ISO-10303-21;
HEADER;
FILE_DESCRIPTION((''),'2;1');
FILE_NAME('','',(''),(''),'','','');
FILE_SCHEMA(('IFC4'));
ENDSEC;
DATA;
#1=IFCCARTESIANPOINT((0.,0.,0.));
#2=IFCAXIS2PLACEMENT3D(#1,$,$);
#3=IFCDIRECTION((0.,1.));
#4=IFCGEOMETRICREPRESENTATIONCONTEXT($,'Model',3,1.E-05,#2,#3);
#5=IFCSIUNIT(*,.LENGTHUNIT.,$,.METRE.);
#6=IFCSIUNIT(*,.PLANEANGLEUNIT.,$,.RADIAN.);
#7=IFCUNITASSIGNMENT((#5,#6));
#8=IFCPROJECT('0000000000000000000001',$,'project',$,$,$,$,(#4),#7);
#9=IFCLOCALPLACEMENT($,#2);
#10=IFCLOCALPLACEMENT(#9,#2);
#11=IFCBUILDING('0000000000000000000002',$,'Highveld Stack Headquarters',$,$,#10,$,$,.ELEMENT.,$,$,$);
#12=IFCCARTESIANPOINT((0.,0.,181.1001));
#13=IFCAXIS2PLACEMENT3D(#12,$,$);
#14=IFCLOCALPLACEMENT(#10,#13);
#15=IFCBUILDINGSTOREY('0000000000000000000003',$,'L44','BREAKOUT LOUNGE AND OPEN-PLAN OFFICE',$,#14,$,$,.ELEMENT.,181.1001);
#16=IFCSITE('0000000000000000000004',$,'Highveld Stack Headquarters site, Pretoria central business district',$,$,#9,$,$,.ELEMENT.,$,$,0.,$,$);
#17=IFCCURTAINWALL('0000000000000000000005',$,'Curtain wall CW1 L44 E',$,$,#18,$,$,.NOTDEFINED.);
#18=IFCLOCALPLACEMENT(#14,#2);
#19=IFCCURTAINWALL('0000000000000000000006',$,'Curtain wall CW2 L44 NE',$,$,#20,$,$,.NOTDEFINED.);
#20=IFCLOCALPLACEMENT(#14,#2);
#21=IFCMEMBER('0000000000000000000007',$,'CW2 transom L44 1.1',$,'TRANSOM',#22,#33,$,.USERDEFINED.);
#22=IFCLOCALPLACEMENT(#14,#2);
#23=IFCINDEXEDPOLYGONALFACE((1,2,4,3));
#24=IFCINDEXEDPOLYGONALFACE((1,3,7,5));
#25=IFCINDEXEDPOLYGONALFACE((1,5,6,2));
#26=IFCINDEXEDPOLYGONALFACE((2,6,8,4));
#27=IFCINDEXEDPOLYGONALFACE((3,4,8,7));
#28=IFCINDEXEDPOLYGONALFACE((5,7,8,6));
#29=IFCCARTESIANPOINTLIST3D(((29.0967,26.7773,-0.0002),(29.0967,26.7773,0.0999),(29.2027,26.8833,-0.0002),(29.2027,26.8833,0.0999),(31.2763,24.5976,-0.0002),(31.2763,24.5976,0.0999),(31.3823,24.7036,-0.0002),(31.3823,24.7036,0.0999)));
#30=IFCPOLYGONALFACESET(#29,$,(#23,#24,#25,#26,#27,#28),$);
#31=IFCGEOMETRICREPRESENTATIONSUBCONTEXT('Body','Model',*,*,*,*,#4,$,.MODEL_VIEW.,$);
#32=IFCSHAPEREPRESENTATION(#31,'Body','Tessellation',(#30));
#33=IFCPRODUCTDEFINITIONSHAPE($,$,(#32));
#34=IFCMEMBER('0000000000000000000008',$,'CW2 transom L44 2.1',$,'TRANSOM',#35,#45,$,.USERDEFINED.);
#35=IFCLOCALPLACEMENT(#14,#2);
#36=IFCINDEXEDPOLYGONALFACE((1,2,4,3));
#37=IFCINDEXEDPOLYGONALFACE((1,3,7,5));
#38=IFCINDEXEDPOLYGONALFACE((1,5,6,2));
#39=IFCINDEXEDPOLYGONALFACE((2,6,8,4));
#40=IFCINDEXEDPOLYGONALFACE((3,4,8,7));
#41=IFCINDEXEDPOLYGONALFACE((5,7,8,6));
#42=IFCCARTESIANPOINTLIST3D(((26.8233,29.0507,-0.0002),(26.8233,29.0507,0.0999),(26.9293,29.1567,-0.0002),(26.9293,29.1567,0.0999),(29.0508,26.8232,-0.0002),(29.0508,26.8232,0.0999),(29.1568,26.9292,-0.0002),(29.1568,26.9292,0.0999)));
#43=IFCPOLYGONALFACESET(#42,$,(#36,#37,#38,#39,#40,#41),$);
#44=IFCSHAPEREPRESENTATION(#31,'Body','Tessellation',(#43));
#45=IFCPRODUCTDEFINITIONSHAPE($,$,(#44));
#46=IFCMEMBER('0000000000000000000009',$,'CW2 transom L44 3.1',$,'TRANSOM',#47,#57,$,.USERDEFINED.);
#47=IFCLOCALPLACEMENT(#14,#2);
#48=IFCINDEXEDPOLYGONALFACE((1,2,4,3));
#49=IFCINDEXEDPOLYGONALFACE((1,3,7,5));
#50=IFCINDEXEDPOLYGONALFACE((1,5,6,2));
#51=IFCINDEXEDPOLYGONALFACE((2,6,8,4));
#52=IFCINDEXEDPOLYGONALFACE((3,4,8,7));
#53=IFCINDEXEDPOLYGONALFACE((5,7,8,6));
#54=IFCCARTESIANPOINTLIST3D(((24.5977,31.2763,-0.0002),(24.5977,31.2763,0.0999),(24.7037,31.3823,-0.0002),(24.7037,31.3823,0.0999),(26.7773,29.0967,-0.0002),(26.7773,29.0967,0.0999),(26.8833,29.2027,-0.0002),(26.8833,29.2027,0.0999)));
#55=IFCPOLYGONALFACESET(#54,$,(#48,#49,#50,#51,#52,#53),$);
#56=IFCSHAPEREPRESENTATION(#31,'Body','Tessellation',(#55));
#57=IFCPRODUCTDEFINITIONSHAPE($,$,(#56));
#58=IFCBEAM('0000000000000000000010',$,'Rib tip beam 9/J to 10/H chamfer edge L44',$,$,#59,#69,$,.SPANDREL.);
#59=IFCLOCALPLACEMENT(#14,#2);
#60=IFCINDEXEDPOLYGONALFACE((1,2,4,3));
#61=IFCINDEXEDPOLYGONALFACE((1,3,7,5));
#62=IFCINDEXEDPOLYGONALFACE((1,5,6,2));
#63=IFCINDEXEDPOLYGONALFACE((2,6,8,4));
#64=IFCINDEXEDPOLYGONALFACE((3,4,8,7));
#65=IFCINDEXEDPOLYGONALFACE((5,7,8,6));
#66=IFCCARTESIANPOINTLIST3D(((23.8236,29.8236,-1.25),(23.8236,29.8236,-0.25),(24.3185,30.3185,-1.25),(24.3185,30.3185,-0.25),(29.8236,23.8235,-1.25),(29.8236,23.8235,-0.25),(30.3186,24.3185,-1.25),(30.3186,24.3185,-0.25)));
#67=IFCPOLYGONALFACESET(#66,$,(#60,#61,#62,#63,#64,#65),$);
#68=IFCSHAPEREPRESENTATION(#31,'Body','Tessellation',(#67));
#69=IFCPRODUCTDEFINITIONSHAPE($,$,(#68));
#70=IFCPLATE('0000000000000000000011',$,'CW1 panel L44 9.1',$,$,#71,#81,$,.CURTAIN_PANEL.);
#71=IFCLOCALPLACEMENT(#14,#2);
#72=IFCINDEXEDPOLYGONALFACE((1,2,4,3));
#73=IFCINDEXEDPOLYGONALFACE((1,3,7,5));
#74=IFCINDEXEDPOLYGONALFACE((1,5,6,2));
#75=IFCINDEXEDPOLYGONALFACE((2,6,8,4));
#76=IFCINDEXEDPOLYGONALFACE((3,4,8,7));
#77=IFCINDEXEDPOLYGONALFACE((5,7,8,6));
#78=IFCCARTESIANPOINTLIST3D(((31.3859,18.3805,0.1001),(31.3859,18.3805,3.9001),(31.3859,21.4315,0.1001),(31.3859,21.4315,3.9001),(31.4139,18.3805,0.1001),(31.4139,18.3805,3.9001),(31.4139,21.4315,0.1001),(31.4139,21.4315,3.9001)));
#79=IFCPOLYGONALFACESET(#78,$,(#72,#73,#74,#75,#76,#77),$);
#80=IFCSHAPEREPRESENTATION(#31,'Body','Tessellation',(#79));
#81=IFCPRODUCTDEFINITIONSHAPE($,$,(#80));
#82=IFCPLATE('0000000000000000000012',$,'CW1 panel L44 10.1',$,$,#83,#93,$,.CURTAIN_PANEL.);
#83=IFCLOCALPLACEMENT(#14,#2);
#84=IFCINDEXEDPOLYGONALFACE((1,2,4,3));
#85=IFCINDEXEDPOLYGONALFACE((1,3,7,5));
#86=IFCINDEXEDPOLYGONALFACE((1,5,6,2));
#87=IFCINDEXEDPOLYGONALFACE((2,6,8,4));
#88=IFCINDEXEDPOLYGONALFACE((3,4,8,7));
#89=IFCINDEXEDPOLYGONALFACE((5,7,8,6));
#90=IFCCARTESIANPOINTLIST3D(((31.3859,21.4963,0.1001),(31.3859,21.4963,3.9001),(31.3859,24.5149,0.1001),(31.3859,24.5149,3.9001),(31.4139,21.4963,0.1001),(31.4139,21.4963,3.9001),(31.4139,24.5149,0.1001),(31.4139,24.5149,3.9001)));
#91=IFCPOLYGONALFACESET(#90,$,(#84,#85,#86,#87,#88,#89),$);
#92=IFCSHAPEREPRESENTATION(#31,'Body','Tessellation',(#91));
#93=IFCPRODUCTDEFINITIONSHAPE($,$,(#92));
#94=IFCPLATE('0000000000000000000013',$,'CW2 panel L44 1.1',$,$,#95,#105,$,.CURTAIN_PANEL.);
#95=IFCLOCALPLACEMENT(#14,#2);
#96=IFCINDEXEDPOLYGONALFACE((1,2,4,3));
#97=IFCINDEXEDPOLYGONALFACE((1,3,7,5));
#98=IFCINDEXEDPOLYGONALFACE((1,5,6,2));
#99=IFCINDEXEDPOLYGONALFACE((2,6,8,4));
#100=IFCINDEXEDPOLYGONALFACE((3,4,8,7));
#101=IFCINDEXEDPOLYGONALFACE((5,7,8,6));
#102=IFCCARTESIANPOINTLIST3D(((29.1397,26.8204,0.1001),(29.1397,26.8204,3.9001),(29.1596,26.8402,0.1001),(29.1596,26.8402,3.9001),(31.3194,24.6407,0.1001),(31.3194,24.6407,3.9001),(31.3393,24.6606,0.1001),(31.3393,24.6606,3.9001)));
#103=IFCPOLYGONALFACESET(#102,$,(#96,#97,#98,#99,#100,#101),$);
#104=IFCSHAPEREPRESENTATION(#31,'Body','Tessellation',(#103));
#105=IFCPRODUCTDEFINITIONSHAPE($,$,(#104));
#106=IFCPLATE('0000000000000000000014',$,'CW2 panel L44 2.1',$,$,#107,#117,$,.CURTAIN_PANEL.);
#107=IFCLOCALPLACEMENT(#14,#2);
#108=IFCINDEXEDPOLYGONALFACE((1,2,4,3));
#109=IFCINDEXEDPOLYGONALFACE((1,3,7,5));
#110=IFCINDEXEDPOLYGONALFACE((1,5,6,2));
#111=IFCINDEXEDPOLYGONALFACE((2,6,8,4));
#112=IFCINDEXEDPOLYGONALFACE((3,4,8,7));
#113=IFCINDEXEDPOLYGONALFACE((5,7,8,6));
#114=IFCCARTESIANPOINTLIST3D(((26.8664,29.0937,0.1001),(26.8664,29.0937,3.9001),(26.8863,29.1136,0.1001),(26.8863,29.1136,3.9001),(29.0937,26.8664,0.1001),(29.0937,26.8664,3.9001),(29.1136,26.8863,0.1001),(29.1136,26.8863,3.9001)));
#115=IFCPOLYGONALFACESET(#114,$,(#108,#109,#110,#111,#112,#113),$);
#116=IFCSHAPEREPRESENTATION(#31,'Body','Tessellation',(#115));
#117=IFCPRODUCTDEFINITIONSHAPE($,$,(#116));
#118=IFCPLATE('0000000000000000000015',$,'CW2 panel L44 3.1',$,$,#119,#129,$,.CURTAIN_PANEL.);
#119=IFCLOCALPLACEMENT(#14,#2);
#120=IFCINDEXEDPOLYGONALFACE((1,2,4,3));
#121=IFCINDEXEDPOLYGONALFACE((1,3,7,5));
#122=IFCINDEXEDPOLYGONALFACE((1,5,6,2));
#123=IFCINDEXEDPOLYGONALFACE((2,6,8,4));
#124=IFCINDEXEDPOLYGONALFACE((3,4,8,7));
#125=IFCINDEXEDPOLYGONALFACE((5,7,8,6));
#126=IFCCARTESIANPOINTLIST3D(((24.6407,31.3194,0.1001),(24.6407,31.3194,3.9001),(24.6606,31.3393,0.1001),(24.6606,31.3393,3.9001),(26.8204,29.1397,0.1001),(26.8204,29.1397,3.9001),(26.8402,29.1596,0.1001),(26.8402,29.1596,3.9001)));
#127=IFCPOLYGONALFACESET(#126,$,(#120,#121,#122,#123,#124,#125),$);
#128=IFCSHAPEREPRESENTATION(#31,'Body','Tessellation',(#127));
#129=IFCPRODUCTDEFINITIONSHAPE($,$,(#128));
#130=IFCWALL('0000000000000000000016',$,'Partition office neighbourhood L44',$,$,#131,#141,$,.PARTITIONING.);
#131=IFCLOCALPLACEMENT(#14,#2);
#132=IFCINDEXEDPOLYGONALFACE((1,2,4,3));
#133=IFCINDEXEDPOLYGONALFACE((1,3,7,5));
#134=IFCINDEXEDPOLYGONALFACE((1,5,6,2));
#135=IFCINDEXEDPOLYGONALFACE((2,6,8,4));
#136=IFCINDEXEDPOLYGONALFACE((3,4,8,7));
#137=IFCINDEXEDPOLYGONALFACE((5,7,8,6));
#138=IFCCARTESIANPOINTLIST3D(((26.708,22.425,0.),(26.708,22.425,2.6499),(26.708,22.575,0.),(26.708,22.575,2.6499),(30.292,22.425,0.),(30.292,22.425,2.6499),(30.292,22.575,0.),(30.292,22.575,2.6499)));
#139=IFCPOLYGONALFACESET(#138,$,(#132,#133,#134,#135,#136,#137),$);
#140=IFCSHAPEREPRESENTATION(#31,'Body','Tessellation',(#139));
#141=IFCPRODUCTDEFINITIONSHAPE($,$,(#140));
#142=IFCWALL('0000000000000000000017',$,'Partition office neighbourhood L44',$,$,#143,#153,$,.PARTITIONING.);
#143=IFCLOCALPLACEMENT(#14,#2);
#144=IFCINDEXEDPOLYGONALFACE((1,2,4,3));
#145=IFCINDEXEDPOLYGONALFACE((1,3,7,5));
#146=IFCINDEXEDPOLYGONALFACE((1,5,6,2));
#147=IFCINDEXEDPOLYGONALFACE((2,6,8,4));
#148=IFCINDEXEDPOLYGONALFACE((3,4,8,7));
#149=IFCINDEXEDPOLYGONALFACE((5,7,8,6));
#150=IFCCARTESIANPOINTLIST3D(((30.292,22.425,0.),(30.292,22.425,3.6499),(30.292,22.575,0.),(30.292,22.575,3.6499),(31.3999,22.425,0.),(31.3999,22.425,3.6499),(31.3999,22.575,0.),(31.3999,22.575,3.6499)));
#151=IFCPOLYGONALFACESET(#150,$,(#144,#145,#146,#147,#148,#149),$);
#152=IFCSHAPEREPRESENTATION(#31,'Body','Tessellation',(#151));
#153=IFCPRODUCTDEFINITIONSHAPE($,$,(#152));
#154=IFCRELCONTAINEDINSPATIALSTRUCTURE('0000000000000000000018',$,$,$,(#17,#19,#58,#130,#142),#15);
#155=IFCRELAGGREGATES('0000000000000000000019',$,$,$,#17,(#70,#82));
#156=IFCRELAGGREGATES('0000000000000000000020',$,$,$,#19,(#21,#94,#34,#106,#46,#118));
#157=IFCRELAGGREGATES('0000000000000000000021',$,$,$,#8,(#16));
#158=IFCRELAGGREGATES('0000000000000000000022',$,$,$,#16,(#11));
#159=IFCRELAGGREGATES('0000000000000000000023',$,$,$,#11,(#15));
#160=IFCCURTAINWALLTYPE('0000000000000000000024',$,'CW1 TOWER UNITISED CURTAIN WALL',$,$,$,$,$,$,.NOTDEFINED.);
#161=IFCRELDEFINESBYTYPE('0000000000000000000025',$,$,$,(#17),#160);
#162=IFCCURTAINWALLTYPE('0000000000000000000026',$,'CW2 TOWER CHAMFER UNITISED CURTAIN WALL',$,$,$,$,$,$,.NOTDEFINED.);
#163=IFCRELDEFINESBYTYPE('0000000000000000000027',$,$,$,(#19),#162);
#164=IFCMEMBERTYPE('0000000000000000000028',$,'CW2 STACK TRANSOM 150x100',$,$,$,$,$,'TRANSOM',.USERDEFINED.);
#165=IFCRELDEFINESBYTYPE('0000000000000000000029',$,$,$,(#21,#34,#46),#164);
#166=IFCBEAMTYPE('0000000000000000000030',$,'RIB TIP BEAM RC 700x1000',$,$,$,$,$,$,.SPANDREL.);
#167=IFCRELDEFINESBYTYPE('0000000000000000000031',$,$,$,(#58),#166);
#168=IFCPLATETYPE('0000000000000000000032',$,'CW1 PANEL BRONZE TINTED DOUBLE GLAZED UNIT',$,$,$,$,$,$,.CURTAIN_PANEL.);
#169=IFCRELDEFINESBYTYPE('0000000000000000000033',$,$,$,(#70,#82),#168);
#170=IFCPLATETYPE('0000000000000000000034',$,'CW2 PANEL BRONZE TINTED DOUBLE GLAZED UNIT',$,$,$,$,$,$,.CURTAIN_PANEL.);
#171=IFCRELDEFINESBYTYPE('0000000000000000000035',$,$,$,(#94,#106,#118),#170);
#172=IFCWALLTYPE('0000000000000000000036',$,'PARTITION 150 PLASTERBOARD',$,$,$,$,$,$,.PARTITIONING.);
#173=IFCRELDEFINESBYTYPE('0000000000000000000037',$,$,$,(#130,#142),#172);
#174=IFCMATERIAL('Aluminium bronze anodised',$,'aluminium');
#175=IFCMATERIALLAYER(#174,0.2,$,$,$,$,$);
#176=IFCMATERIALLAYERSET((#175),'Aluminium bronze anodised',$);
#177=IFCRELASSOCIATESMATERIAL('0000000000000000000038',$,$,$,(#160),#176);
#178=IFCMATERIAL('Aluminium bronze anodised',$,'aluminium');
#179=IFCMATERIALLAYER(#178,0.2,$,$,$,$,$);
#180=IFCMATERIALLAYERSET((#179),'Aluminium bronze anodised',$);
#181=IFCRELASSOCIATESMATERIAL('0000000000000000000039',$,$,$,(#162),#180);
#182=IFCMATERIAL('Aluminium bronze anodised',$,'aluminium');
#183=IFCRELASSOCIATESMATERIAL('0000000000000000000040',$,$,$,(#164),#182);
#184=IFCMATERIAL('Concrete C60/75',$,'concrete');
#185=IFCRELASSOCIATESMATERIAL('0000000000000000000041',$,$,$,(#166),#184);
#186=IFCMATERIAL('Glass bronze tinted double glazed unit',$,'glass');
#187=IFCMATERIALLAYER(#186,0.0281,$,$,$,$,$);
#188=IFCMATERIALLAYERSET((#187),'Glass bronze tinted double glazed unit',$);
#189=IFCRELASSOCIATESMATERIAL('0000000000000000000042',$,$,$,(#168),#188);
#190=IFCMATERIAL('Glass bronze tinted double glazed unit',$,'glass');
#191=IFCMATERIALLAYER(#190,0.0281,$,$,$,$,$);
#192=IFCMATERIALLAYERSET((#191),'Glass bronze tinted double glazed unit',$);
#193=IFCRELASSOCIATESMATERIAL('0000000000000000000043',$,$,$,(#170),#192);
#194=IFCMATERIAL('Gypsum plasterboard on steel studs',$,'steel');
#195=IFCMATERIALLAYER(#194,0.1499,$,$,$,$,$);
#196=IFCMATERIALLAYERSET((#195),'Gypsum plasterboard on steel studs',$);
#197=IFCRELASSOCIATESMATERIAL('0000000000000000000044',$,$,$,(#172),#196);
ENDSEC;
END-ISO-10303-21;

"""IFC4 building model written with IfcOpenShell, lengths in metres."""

from ifc_helpers import new_model, si_unit, direction, frame, frame_2d, origin, origin_2d, place, context, subcontext, project, spatial, rectangle, extrude, material, layer, layer_set, material_profile, profile_set, type_object, element, aggregate, save


model = new_model("IFC4")

# Units and contexts
model_context = context("Model", 3, precision=1e-05, world=origin(), true_north=direction((0.0, 1.0)))
body_context = subcontext(model_context, "Body", "Model", "MODEL_VIEW")
ifc_project = project(units=[si_unit("LENGTHUNIT", "METRE"), si_unit("PLANEANGLEUNIT", "RADIAN")], contexts=[model_context])

# Site, building, storey
site_placement = place(None, origin())
site = spatial("IfcSite", under=ifc_project, at=site_placement, Name="Highveld Stack Headquarters site, Pretoria central business district", CompositionType="ELEMENT", RefElevation=0.0)
building_placement = place(site_placement, origin())
building = spatial("IfcBuilding", under=site, at=building_placement, Name="Highveld Stack Headquarters", CompositionType="ELEMENT")
storey_placement = place(building_placement, frame((0.0, 0.0, 181.1001)))
storey = spatial("IfcBuildingStorey", under=building, at=storey_placement, Name="L44", Description="BREAKOUT LOUNGE AND OPEN-PLAN OFFICE", CompositionType="ELEMENT", Elevation=181.1001)

# Curtain wall
ifc_material_1 = material(Name="Aluminium bronze anodised", Category="aluminium")
ifc_layer_1 = layer(ifc_material_1, 0.2)
ifc_layer_set_1 = layer_set([ifc_layer_1], Name="Aluminium bronze anodised")
curtain_wall_type_1 = type_object("IfcCurtainWallType", Name="CW1 TOWER UNITISED CURTAIN WALL", PredefinedType="NOTDEFINED", material=ifc_layer_set_1)
curtain_wall_1_placement = place(storey_placement, origin())
curtain_wall_1 = element("IfcCurtainWall", 1, at=curtain_wall_1_placement, inside=storey, type_object=curtain_wall_type_1, Name="Curtain wall CW1 L44 E", PredefinedType="NOTDEFINED")

# Curtain wall, members
ifc_material_2 = material(Name="Aluminium bronze anodised", Category="aluminium")
ifc_layer_2 = layer(ifc_material_2, 0.2)
ifc_layer_set_2 = layer_set([ifc_layer_2], Name="Aluminium bronze anodised")
curtain_wall_type_2 = type_object("IfcCurtainWallType", Name="CW2 TOWER CHAMFER UNITISED CURTAIN WALL", PredefinedType="NOTDEFINED", material=ifc_layer_set_2)
curtain_wall_2_placement = place(storey_placement, origin())
curtain_wall_2 = element("IfcCurtainWall", 2, at=curtain_wall_2_placement, inside=storey, type_object=curtain_wall_type_2, Name="Curtain wall CW2 L44 NE", PredefinedType="NOTDEFINED")
ifc_material_3 = material(Name="Aluminium bronze anodised", Category="aluminium")
ifc_material_profile_1 = material_profile(ifc_material_3, rectangle(XDim=0.1499, YDim=0.1001, at=origin_2d()), Name="CW2 TRANSOM 150x100")
ifc_profile_set_1 = profile_set([ifc_material_profile_1], Name="Aluminium bronze anodised")
member_type_1 = type_object("IfcMemberType", Name="CW2 STACK TRANSOM 150x100", ElementType="TRANSOM", PredefinedType="USERDEFINED", material=ifc_profile_set_1)
member_1_placement = place(storey_placement, frame((31.3293, 24.6506, 0.0498), z_axis=(-0.707107, 0.707107, 0.0), x_axis=(-0.707107, -0.707107, 0.0)))
member_1 = element("IfcMember", 3, at=member_1_placement, type_object=member_type_1, Name="CW2 transom L44 1.1", ObjectType="TRANSOM", PredefinedType="USERDEFINED", context=body_context, shape_type="SweptSolid", body=[
    extrude(rectangle(XDim=0.1499, YDim=0.1001, at=origin_2d()), origin(), (0.0, 0.0, 1.0), 3.0825),
])
member_2_placement = place(storey_placement, frame((29.1038, 26.8762, 0.0498), z_axis=(-0.707107, 0.707107, 0.0), x_axis=(-0.707107, -0.707107, 0.0)))
member_2 = element("IfcMember", 4, at=member_2_placement, type_object=member_type_1, Name="CW2 transom L44 2.1", ObjectType="TRANSOM", PredefinedType="USERDEFINED", context=body_context, shape_type="SweptSolid", body=[
    extrude(rectangle(XDim=0.1499, YDim=0.1001, at=origin_2d()), origin(), (0.0, 0.0, 1.0), 3.1501),
])
member_3_placement = place(storey_placement, frame((26.8303, 29.1497, 0.0498), z_axis=(-0.707107, 0.707107, 0.0), x_axis=(-0.707107, -0.707107, 0.0)))
member_3 = element("IfcMember", 5, at=member_3_placement, type_object=member_type_1, Name="CW2 transom L44 3.1", ObjectType="TRANSOM", PredefinedType="USERDEFINED", context=body_context, shape_type="SweptSolid", body=[
    extrude(rectangle(XDim=0.1499, YDim=0.1001, at=origin_2d()), origin(), (0.0, 0.0, 1.0), 3.0825),
])

# Beam
ifc_material_4 = material(Name="Concrete C60/75", Category="concrete")
ifc_material_profile_2 = material_profile(ifc_material_4, rectangle(XDim=0.7, YDim=1.0, at=origin_2d()), Name="RC 700x1000")
ifc_profile_set_2 = profile_set([ifc_material_profile_2], Name="Concrete C60/75")
beam_type = type_object("IfcBeamType", Name="RIB TIP BEAM RC 700x1000", PredefinedType="SPANDREL", material=ifc_profile_set_2)
beam_placement = place(storey_placement, frame((24.071, 30.071, -0.75), z_axis=(0.707107, -0.707107, 0.0), x_axis=(0.707107, 0.707107, 0.0)))
element("IfcBeam", 6, at=beam_placement, inside=storey, type_object=beam_type, Name="Rib tip beam 9/J to 10/H chamfer edge L44", PredefinedType="SPANDREL", context=body_context, shape_type="SweptSolid", body=[
    extrude(rectangle(XDim=0.7, YDim=1.0, at=origin_2d()), origin(), (0.0, 0.0, 1.0), 8.4854),
])

# Plates
ifc_material_5 = material(Name="Glass bronze tinted double glazed unit", Category="glass")
ifc_layer_3 = layer(ifc_material_5, 0.0281)
ifc_layer_set_3 = layer_set([ifc_layer_3], Name="Glass bronze tinted double glazed unit")
plate_type_1 = type_object("IfcPlateType", Name="CW1 PANEL BRONZE TINTED DOUBLE GLAZED UNIT", PredefinedType="CURTAIN_PANEL", material=ifc_layer_set_3)
plate_1_placement = place(storey_placement, frame((31.3999, 19.906, 0.1001), z_axis=(0.0, 0.0, 1.0), x_axis=(0.0, 1.0, 0.0)))
plate_1 = element("IfcPlate", 7, at=plate_1_placement, type_object=plate_type_1, Name="CW1 panel L44 9.1", PredefinedType="CURTAIN_PANEL", context=body_context, shape_type="SweptSolid", body=[
    extrude(rectangle(XDim=3.051, YDim=0.0281, at=origin_2d()), origin(), (0.0, 0.0, 1.0), 3.8),
])
plate_2_placement = place(storey_placement, frame((31.3999, 23.0056, 0.1001), z_axis=(0.0, 0.0, 1.0), x_axis=(0.0, 1.0, 0.0)))
plate_2 = element("IfcPlate", 8, at=plate_2_placement, type_object=plate_type_1, Name="CW1 panel L44 10.1", PredefinedType="CURTAIN_PANEL", context=body_context, shape_type="SweptSolid", body=[
    extrude(rectangle(XDim=3.0186, YDim=0.0281, at=origin_2d()), origin(), (0.0, 0.0, 1.0), 3.8),
])
aggregate(curtain_wall_1, [plate_1, plate_2])
ifc_material_6 = material(Name="Glass bronze tinted double glazed unit", Category="glass")
ifc_layer_4 = layer(ifc_material_6, 0.0281)
ifc_layer_set_4 = layer_set([ifc_layer_4], Name="Glass bronze tinted double glazed unit")
plate_type_2 = type_object("IfcPlateType", Name="CW2 PANEL BRONZE TINTED DOUBLE GLAZED UNIT", PredefinedType="CURTAIN_PANEL", material=ifc_layer_set_4)
plate_3_placement = place(storey_placement, frame((30.2395, 25.7405, 0.1001), z_axis=(0.0, 0.0, 1.0), x_axis=(-0.707107, 0.707107, 0.0)))
plate_3 = element("IfcPlate", 9, at=plate_3_placement, type_object=plate_type_2, Name="CW2 panel L44 1.1", PredefinedType="CURTAIN_PANEL", context=body_context, shape_type="SweptSolid", body=[
    extrude(rectangle(XDim=3.0825, YDim=0.0281, at=origin_2d()), origin(), (0.0, 0.0, 1.0), 3.8),
])
plate_4_placement = place(storey_placement, frame((27.99, 27.99, 0.1001), z_axis=(0.0, 0.0, 1.0), x_axis=(-0.707107, 0.707107, 0.0)))
plate_4 = element("IfcPlate", 10, at=plate_4_placement, type_object=plate_type_2, Name="CW2 panel L44 2.1", PredefinedType="CURTAIN_PANEL", context=body_context, shape_type="SweptSolid", body=[
    extrude(rectangle(XDim=3.1499, YDim=0.0281, at=origin_2d()), origin(), (0.0, 0.0, 1.0), 3.8),
])
plate_5_placement = place(storey_placement, frame((25.7405, 30.2395, 0.1001), z_axis=(0.0, 0.0, 1.0), x_axis=(-0.707107, 0.707107, 0.0)))
plate_5 = element("IfcPlate", 11, at=plate_5_placement, type_object=plate_type_2, Name="CW2 panel L44 3.1", PredefinedType="CURTAIN_PANEL", context=body_context, shape_type="SweptSolid", body=[
    extrude(rectangle(XDim=3.0825, YDim=0.0281, at=origin_2d()), origin(), (0.0, 0.0, 1.0), 3.8),
])
aggregate(curtain_wall_2, [member_1, plate_3, member_2, plate_4, member_3, plate_5])

# Walls
ifc_material_7 = material(Name="Gypsum plasterboard on steel studs", Category="steel")
ifc_layer_5 = layer(ifc_material_7, 0.1499)
ifc_layer_set_5 = layer_set([ifc_layer_5], Name="Gypsum plasterboard on steel studs")
wall_type = type_object("IfcWallType", Name="PARTITION 150 PLASTERBOARD", PredefinedType="PARTITIONING", material=ifc_layer_set_5)
wall_1_placement = place(storey_placement, frame((26.708, 22.5, 0.0), z_axis=(0.0, 0.0, 1.0), x_axis=(1.0, 0.0, 0.0)))
element("IfcWall", 12, at=wall_1_placement, inside=storey, type_object=wall_type, Name="Partition office neighbourhood L44", PredefinedType="PARTITIONING", context=body_context, shape_type="SweptSolid", body=[
    extrude(rectangle(XDim=3.584, YDim=0.1499, at=frame_2d((1.792, 0.0))), origin(), (0.0, 0.0, 1.0), 2.6499),
])
wall_2_placement = place(storey_placement, frame((30.292, 22.5, 0.0), z_axis=(0.0, 0.0, 1.0), x_axis=(1.0, 0.0, 0.0)))
element("IfcWall", 13, at=wall_2_placement, inside=storey, type_object=wall_type, Name="Partition office neighbourhood L44", PredefinedType="PARTITIONING", context=body_context, shape_type="SweptSolid", body=[
    extrude(rectangle(XDim=1.1079, YDim=0.1499, at=frame_2d((0.554, 0.0))), origin(), (0.0, 0.0, 1.0), 3.6499),
])

save(model, "model.ifc")
